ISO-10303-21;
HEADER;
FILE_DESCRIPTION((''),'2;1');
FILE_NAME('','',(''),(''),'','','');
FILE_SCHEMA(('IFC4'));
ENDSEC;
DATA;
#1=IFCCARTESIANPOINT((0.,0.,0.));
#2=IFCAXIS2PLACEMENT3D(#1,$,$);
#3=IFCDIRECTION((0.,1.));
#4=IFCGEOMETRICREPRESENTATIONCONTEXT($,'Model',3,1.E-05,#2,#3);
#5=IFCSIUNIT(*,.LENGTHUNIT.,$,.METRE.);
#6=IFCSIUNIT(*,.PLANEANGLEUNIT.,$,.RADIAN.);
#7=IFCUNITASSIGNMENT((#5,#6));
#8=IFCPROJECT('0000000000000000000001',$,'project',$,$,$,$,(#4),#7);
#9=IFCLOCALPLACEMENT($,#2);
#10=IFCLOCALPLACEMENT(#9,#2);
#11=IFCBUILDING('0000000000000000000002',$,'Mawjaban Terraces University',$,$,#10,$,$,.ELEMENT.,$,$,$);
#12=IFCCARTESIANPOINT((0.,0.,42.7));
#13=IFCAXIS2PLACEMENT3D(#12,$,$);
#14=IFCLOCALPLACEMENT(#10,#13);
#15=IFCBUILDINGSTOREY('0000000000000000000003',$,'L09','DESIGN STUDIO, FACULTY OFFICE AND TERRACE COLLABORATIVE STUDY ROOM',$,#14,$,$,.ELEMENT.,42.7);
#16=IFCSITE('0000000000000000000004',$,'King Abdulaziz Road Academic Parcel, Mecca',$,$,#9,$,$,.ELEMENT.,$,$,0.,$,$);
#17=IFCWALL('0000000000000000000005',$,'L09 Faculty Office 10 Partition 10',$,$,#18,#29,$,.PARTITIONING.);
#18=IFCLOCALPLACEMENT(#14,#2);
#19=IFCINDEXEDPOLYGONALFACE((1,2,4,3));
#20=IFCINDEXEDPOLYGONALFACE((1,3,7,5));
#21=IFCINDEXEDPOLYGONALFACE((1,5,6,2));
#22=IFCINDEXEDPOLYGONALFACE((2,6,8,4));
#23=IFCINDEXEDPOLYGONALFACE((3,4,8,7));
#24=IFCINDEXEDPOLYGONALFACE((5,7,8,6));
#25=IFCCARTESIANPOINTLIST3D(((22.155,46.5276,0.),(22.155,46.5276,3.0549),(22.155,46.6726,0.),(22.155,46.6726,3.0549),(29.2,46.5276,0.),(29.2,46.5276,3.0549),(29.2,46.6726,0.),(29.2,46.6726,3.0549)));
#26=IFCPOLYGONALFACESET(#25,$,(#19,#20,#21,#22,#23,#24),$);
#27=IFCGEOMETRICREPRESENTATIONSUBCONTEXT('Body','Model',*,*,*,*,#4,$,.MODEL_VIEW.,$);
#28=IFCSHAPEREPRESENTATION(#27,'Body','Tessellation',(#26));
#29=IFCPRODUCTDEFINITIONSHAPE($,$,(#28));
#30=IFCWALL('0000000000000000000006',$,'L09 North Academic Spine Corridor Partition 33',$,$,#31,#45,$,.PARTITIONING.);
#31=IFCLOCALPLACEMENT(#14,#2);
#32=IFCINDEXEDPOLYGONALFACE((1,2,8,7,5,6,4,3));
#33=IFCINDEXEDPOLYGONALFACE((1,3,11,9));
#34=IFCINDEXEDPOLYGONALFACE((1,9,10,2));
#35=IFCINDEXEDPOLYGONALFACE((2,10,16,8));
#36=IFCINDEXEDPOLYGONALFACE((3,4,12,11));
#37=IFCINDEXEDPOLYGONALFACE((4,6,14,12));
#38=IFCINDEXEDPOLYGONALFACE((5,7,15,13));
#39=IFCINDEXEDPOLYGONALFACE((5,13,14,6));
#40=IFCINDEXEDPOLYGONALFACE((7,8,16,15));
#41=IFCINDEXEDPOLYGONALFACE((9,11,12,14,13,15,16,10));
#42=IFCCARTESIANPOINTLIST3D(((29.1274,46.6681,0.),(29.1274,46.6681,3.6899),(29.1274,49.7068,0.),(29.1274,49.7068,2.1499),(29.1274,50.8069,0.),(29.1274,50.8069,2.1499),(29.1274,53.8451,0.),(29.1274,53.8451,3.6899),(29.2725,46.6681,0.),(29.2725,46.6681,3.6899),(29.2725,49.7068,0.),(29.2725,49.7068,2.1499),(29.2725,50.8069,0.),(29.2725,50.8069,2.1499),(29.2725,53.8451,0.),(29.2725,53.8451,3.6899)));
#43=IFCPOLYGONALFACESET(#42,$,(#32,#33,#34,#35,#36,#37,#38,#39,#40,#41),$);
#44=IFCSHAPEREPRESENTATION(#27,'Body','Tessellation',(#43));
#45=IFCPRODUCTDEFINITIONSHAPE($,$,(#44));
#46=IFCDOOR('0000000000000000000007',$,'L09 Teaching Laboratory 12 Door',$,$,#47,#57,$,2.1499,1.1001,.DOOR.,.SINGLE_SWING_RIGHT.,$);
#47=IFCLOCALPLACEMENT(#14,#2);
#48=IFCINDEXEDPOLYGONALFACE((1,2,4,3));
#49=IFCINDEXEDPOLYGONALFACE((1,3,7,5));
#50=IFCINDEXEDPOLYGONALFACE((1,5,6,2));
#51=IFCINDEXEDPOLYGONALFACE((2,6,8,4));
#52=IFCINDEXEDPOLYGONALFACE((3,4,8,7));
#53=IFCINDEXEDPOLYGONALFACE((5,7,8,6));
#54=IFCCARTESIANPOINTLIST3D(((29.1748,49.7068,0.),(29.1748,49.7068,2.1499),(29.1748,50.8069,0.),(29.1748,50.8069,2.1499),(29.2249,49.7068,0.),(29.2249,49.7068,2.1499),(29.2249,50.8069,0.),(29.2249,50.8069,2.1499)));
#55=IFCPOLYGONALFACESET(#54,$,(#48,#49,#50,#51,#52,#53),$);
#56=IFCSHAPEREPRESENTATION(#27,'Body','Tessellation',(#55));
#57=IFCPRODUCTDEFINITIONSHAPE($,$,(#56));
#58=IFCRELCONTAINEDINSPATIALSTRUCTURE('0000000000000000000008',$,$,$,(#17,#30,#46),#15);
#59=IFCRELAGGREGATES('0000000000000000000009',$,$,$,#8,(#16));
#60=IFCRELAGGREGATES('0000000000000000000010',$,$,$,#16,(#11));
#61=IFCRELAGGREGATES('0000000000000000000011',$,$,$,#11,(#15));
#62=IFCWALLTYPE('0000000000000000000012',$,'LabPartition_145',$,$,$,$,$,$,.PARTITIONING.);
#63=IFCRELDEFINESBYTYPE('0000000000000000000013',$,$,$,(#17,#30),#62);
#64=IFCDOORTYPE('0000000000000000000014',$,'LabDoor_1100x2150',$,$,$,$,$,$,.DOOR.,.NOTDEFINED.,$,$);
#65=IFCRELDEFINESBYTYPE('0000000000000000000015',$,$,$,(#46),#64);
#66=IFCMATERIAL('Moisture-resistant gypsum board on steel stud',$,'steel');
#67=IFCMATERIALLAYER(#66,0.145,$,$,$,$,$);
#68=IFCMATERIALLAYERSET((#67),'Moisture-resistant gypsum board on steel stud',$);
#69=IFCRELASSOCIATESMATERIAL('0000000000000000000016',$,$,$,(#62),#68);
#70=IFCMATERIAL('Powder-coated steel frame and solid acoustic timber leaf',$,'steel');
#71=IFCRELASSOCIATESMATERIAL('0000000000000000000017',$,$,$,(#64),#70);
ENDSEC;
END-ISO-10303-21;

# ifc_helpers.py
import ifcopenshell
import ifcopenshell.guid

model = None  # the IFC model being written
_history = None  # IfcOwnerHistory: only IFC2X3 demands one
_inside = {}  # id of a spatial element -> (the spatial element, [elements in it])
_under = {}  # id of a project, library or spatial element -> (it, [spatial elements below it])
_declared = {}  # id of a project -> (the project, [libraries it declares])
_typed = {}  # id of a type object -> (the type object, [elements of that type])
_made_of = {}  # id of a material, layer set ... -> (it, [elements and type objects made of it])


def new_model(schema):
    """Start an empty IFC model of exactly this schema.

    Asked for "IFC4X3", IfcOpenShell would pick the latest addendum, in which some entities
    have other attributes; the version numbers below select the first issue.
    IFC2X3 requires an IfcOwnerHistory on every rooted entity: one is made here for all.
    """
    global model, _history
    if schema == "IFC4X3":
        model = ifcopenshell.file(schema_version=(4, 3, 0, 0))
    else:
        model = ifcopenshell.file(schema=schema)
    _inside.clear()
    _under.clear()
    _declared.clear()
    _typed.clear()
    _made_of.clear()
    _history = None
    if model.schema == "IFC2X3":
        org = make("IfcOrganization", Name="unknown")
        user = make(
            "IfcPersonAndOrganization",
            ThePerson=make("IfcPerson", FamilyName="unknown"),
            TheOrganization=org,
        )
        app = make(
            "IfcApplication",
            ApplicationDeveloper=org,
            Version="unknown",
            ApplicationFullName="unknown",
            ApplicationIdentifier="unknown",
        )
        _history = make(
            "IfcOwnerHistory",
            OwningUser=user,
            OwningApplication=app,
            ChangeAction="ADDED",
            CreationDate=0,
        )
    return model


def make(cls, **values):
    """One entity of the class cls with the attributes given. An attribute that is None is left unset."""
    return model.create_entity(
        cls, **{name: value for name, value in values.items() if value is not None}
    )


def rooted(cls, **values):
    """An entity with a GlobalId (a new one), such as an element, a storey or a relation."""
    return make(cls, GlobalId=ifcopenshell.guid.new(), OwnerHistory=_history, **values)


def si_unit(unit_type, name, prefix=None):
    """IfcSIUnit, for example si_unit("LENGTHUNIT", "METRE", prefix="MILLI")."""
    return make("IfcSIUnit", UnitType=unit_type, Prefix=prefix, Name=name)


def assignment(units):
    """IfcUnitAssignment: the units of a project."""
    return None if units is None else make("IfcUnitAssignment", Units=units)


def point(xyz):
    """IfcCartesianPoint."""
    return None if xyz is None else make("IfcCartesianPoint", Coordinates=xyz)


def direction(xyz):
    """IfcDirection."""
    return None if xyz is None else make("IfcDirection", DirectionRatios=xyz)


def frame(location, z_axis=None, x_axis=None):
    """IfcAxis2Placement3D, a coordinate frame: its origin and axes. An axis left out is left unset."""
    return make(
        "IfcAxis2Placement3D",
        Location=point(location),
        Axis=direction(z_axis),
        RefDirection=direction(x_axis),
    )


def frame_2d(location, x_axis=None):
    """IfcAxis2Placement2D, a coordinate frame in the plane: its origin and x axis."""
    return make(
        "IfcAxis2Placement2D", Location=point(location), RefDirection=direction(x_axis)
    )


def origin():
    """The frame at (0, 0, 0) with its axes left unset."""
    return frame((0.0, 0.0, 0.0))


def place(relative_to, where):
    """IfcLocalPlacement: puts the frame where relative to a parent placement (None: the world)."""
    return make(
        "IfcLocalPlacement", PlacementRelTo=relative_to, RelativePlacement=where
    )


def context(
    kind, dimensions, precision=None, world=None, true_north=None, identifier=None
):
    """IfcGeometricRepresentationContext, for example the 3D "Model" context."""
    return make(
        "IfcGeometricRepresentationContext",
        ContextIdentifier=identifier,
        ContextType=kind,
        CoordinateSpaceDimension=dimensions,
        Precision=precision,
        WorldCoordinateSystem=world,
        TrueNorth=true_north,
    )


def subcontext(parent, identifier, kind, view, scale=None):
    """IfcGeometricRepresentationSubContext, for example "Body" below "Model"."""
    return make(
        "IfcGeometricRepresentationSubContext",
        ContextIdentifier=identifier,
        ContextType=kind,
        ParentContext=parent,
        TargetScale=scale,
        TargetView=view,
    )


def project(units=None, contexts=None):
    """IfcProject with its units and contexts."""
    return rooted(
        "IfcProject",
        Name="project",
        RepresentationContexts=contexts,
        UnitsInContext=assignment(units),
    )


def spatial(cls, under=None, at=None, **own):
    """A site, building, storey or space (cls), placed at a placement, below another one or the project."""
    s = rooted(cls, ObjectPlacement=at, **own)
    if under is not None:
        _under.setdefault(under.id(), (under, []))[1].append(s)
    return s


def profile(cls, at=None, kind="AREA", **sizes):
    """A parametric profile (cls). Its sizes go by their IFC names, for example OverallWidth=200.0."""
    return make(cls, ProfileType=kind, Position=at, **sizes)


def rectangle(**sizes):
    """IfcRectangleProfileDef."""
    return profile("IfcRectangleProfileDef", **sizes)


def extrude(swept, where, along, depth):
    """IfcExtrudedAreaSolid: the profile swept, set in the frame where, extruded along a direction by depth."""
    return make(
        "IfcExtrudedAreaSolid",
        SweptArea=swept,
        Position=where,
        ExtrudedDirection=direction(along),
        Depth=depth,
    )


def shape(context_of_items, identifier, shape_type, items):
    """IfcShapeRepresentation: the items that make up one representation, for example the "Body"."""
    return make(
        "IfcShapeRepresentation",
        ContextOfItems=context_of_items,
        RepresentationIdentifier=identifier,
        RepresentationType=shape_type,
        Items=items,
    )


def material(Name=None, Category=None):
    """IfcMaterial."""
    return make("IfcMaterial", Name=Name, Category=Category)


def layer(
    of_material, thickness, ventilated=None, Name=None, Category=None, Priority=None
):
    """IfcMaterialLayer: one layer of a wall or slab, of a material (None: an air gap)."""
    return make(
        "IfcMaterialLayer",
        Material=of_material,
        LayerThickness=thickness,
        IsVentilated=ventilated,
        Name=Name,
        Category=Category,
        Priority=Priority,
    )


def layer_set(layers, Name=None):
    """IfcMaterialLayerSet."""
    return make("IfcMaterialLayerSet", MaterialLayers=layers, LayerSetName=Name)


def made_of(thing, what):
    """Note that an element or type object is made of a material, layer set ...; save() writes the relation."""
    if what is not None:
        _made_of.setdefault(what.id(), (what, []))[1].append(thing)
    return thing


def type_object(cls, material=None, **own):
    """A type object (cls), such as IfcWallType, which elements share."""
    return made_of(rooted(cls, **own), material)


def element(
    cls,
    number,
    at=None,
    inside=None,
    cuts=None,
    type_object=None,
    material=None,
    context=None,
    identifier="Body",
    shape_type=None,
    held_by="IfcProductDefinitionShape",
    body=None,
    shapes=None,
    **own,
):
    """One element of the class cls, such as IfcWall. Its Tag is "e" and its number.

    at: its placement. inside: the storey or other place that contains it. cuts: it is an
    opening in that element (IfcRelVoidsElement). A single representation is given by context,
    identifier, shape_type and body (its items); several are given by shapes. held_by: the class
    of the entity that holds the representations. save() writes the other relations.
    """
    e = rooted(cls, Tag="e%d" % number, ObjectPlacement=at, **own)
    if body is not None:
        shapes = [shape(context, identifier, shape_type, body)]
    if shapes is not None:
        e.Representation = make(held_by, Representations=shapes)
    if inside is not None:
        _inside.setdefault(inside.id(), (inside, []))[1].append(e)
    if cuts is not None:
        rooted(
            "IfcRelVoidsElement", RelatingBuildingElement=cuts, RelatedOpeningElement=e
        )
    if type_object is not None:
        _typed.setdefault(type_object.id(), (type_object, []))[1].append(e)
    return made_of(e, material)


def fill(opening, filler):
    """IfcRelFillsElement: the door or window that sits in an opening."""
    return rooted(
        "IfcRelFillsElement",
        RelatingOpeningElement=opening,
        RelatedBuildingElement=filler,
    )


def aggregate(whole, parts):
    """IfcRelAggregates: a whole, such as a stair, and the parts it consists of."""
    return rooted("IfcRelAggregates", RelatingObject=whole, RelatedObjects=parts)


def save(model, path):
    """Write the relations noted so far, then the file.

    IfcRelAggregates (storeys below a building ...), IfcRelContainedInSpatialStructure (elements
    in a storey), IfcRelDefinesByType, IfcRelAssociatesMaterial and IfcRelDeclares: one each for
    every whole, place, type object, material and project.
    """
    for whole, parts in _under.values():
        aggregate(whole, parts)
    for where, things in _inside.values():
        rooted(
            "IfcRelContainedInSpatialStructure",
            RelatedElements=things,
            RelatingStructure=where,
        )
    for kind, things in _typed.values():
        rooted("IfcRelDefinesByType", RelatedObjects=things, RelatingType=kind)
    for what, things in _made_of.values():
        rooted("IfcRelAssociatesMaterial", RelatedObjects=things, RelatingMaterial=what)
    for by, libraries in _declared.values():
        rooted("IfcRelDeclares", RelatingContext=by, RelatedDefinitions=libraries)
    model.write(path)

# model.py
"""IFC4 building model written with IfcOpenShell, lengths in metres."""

from ifc_helpers import new_model, si_unit, direction, frame, frame_2d, origin, place, context, subcontext, project, spatial, rectangle, extrude, material, layer, layer_set, type_object, element, fill, save


model = new_model("IFC4")

# Units and contexts
model_context = context("Model", 3, precision=1e-05, world=origin(), true_north=direction((0.0, 1.0)))
body_context = subcontext(model_context, "Body", "Model", "MODEL_VIEW")
ifc_project = project(units=[si_unit("LENGTHUNIT", "METRE"), si_unit("PLANEANGLEUNIT", "RADIAN")], contexts=[model_context])

# Site, building, storey
site_placement = place(None, origin())
site = spatial("IfcSite", under=ifc_project, at=site_placement, Name="King Abdulaziz Road Academic Parcel, Mecca", CompositionType="ELEMENT", RefElevation=0.0)
building_placement = place(site_placement, origin())
building = spatial("IfcBuilding", under=site, at=building_placement, Name="Mawjaban Terraces University", CompositionType="ELEMENT")
storey_placement = place(building_placement, frame((0.0, 0.0, 42.7)))
storey = spatial("IfcBuildingStorey", under=building, at=storey_placement, Name="L09", Description="DESIGN STUDIO, FACULTY OFFICE AND TERRACE COLLABORATIVE STUDY ROOM", CompositionType="ELEMENT", Elevation=42.7)

# Shared definitions
ifc_material_1 = material(Name="Powder-coated steel frame and solid acoustic timber leaf", Category="steel")

# Wall
ifc_material_2 = material(Name="Moisture-resistant gypsum board on steel stud", Category="steel")
ifc_layer_1 = layer(ifc_material_2, 0.145)
ifc_layer_set_1 = layer_set([ifc_layer_1], Name="Moisture-resistant gypsum board on steel stud")
wall_type_1 = type_object("IfcWallType", Name="LabPartition_145", PredefinedType="PARTITIONING", material=ifc_layer_set_1)
wall_1_placement = place(storey_placement, frame((29.2, 46.6001, 0.0), z_axis=(0.0, 0.0, 1.0), x_axis=(-1.0, 0.0, 0.0)))
element("IfcWall", 1, at=wall_1_placement, inside=storey, type_object=wall_type_1, Name="L09 Faculty Office 10 Partition 10", PredefinedType="PARTITIONING", context=body_context, shape_type="SweptSolid", body=[
    extrude(rectangle(XDim=7.0449, YDim=0.145, at=frame_2d((3.5225, 0.0))), origin(), (0.0, 0.0, 1.0), 3.0549),
])

# Wall, opening, door
wall_2_placement = place(storey_placement, frame((29.2, 53.845, 0.0), z_axis=(0.0, 0.0, 1.0), x_axis=(0.0, -1.0, 0.0)))
wall_2 = element("IfcWall", 2, at=wall_2_placement, inside=storey, type_object=wall_type_1, Name="L09 North Academic Spine Corridor Partition 33", PredefinedType="PARTITIONING", context=body_context, shape_type="SweptSolid", body=[
    extrude(rectangle(XDim=7.177, YDim=0.145, at=frame_2d((3.5884, 0.0))), origin(), (0.0, 0.0, 1.0), 3.6899),
])
opening_1_placement = place(wall_2_placement, frame((3.0381, 0.0, 0.0)))
opening_1 = element("IfcOpeningElement", 3, at=opening_1_placement, cuts=wall_2, PredefinedType="OPENING", context=body_context, shape_type="SweptSolid", body=[
    extrude(rectangle(XDim=1.1001, YDim=2.1499, at=frame_2d((0.55, 1.075))), frame((0.0, 0.0825, 0.0), z_axis=(0.0, -1.0, 0.0), x_axis=(1.0, 0.0, 0.0)), (0.0, 0.0, 1.0), 0.165),
])
door_type_1 = type_object("IfcDoorType", Name="LabDoor_1100x2150", OperationType="NOTDEFINED", PredefinedType="DOOR", material=ifc_material_1)
door_1_placement = place(opening_1_placement, origin())
door_1 = element("IfcDoor", 4, at=door_1_placement, inside=storey, type_object=door_type_1, Name="L09 Teaching Laboratory 12 Door", OperationType="SINGLE_SWING_RIGHT", OverallHeight=2.1499, OverallWidth=1.1001, PredefinedType="DOOR", context=body_context, shape_type="SweptSolid", body=[
    extrude(rectangle(XDim=1.1001, YDim=2.1499, at=frame_2d((0.55, 1.075))), frame((0.0, 0.0249, 0.0), z_axis=(0.0, -1.0, 0.0), x_axis=(1.0, 0.0, 0.0)), (0.0, 0.0, 1.0), 0.05),
])
fill(opening_1, door_1)

save(model, "model.ifc")
